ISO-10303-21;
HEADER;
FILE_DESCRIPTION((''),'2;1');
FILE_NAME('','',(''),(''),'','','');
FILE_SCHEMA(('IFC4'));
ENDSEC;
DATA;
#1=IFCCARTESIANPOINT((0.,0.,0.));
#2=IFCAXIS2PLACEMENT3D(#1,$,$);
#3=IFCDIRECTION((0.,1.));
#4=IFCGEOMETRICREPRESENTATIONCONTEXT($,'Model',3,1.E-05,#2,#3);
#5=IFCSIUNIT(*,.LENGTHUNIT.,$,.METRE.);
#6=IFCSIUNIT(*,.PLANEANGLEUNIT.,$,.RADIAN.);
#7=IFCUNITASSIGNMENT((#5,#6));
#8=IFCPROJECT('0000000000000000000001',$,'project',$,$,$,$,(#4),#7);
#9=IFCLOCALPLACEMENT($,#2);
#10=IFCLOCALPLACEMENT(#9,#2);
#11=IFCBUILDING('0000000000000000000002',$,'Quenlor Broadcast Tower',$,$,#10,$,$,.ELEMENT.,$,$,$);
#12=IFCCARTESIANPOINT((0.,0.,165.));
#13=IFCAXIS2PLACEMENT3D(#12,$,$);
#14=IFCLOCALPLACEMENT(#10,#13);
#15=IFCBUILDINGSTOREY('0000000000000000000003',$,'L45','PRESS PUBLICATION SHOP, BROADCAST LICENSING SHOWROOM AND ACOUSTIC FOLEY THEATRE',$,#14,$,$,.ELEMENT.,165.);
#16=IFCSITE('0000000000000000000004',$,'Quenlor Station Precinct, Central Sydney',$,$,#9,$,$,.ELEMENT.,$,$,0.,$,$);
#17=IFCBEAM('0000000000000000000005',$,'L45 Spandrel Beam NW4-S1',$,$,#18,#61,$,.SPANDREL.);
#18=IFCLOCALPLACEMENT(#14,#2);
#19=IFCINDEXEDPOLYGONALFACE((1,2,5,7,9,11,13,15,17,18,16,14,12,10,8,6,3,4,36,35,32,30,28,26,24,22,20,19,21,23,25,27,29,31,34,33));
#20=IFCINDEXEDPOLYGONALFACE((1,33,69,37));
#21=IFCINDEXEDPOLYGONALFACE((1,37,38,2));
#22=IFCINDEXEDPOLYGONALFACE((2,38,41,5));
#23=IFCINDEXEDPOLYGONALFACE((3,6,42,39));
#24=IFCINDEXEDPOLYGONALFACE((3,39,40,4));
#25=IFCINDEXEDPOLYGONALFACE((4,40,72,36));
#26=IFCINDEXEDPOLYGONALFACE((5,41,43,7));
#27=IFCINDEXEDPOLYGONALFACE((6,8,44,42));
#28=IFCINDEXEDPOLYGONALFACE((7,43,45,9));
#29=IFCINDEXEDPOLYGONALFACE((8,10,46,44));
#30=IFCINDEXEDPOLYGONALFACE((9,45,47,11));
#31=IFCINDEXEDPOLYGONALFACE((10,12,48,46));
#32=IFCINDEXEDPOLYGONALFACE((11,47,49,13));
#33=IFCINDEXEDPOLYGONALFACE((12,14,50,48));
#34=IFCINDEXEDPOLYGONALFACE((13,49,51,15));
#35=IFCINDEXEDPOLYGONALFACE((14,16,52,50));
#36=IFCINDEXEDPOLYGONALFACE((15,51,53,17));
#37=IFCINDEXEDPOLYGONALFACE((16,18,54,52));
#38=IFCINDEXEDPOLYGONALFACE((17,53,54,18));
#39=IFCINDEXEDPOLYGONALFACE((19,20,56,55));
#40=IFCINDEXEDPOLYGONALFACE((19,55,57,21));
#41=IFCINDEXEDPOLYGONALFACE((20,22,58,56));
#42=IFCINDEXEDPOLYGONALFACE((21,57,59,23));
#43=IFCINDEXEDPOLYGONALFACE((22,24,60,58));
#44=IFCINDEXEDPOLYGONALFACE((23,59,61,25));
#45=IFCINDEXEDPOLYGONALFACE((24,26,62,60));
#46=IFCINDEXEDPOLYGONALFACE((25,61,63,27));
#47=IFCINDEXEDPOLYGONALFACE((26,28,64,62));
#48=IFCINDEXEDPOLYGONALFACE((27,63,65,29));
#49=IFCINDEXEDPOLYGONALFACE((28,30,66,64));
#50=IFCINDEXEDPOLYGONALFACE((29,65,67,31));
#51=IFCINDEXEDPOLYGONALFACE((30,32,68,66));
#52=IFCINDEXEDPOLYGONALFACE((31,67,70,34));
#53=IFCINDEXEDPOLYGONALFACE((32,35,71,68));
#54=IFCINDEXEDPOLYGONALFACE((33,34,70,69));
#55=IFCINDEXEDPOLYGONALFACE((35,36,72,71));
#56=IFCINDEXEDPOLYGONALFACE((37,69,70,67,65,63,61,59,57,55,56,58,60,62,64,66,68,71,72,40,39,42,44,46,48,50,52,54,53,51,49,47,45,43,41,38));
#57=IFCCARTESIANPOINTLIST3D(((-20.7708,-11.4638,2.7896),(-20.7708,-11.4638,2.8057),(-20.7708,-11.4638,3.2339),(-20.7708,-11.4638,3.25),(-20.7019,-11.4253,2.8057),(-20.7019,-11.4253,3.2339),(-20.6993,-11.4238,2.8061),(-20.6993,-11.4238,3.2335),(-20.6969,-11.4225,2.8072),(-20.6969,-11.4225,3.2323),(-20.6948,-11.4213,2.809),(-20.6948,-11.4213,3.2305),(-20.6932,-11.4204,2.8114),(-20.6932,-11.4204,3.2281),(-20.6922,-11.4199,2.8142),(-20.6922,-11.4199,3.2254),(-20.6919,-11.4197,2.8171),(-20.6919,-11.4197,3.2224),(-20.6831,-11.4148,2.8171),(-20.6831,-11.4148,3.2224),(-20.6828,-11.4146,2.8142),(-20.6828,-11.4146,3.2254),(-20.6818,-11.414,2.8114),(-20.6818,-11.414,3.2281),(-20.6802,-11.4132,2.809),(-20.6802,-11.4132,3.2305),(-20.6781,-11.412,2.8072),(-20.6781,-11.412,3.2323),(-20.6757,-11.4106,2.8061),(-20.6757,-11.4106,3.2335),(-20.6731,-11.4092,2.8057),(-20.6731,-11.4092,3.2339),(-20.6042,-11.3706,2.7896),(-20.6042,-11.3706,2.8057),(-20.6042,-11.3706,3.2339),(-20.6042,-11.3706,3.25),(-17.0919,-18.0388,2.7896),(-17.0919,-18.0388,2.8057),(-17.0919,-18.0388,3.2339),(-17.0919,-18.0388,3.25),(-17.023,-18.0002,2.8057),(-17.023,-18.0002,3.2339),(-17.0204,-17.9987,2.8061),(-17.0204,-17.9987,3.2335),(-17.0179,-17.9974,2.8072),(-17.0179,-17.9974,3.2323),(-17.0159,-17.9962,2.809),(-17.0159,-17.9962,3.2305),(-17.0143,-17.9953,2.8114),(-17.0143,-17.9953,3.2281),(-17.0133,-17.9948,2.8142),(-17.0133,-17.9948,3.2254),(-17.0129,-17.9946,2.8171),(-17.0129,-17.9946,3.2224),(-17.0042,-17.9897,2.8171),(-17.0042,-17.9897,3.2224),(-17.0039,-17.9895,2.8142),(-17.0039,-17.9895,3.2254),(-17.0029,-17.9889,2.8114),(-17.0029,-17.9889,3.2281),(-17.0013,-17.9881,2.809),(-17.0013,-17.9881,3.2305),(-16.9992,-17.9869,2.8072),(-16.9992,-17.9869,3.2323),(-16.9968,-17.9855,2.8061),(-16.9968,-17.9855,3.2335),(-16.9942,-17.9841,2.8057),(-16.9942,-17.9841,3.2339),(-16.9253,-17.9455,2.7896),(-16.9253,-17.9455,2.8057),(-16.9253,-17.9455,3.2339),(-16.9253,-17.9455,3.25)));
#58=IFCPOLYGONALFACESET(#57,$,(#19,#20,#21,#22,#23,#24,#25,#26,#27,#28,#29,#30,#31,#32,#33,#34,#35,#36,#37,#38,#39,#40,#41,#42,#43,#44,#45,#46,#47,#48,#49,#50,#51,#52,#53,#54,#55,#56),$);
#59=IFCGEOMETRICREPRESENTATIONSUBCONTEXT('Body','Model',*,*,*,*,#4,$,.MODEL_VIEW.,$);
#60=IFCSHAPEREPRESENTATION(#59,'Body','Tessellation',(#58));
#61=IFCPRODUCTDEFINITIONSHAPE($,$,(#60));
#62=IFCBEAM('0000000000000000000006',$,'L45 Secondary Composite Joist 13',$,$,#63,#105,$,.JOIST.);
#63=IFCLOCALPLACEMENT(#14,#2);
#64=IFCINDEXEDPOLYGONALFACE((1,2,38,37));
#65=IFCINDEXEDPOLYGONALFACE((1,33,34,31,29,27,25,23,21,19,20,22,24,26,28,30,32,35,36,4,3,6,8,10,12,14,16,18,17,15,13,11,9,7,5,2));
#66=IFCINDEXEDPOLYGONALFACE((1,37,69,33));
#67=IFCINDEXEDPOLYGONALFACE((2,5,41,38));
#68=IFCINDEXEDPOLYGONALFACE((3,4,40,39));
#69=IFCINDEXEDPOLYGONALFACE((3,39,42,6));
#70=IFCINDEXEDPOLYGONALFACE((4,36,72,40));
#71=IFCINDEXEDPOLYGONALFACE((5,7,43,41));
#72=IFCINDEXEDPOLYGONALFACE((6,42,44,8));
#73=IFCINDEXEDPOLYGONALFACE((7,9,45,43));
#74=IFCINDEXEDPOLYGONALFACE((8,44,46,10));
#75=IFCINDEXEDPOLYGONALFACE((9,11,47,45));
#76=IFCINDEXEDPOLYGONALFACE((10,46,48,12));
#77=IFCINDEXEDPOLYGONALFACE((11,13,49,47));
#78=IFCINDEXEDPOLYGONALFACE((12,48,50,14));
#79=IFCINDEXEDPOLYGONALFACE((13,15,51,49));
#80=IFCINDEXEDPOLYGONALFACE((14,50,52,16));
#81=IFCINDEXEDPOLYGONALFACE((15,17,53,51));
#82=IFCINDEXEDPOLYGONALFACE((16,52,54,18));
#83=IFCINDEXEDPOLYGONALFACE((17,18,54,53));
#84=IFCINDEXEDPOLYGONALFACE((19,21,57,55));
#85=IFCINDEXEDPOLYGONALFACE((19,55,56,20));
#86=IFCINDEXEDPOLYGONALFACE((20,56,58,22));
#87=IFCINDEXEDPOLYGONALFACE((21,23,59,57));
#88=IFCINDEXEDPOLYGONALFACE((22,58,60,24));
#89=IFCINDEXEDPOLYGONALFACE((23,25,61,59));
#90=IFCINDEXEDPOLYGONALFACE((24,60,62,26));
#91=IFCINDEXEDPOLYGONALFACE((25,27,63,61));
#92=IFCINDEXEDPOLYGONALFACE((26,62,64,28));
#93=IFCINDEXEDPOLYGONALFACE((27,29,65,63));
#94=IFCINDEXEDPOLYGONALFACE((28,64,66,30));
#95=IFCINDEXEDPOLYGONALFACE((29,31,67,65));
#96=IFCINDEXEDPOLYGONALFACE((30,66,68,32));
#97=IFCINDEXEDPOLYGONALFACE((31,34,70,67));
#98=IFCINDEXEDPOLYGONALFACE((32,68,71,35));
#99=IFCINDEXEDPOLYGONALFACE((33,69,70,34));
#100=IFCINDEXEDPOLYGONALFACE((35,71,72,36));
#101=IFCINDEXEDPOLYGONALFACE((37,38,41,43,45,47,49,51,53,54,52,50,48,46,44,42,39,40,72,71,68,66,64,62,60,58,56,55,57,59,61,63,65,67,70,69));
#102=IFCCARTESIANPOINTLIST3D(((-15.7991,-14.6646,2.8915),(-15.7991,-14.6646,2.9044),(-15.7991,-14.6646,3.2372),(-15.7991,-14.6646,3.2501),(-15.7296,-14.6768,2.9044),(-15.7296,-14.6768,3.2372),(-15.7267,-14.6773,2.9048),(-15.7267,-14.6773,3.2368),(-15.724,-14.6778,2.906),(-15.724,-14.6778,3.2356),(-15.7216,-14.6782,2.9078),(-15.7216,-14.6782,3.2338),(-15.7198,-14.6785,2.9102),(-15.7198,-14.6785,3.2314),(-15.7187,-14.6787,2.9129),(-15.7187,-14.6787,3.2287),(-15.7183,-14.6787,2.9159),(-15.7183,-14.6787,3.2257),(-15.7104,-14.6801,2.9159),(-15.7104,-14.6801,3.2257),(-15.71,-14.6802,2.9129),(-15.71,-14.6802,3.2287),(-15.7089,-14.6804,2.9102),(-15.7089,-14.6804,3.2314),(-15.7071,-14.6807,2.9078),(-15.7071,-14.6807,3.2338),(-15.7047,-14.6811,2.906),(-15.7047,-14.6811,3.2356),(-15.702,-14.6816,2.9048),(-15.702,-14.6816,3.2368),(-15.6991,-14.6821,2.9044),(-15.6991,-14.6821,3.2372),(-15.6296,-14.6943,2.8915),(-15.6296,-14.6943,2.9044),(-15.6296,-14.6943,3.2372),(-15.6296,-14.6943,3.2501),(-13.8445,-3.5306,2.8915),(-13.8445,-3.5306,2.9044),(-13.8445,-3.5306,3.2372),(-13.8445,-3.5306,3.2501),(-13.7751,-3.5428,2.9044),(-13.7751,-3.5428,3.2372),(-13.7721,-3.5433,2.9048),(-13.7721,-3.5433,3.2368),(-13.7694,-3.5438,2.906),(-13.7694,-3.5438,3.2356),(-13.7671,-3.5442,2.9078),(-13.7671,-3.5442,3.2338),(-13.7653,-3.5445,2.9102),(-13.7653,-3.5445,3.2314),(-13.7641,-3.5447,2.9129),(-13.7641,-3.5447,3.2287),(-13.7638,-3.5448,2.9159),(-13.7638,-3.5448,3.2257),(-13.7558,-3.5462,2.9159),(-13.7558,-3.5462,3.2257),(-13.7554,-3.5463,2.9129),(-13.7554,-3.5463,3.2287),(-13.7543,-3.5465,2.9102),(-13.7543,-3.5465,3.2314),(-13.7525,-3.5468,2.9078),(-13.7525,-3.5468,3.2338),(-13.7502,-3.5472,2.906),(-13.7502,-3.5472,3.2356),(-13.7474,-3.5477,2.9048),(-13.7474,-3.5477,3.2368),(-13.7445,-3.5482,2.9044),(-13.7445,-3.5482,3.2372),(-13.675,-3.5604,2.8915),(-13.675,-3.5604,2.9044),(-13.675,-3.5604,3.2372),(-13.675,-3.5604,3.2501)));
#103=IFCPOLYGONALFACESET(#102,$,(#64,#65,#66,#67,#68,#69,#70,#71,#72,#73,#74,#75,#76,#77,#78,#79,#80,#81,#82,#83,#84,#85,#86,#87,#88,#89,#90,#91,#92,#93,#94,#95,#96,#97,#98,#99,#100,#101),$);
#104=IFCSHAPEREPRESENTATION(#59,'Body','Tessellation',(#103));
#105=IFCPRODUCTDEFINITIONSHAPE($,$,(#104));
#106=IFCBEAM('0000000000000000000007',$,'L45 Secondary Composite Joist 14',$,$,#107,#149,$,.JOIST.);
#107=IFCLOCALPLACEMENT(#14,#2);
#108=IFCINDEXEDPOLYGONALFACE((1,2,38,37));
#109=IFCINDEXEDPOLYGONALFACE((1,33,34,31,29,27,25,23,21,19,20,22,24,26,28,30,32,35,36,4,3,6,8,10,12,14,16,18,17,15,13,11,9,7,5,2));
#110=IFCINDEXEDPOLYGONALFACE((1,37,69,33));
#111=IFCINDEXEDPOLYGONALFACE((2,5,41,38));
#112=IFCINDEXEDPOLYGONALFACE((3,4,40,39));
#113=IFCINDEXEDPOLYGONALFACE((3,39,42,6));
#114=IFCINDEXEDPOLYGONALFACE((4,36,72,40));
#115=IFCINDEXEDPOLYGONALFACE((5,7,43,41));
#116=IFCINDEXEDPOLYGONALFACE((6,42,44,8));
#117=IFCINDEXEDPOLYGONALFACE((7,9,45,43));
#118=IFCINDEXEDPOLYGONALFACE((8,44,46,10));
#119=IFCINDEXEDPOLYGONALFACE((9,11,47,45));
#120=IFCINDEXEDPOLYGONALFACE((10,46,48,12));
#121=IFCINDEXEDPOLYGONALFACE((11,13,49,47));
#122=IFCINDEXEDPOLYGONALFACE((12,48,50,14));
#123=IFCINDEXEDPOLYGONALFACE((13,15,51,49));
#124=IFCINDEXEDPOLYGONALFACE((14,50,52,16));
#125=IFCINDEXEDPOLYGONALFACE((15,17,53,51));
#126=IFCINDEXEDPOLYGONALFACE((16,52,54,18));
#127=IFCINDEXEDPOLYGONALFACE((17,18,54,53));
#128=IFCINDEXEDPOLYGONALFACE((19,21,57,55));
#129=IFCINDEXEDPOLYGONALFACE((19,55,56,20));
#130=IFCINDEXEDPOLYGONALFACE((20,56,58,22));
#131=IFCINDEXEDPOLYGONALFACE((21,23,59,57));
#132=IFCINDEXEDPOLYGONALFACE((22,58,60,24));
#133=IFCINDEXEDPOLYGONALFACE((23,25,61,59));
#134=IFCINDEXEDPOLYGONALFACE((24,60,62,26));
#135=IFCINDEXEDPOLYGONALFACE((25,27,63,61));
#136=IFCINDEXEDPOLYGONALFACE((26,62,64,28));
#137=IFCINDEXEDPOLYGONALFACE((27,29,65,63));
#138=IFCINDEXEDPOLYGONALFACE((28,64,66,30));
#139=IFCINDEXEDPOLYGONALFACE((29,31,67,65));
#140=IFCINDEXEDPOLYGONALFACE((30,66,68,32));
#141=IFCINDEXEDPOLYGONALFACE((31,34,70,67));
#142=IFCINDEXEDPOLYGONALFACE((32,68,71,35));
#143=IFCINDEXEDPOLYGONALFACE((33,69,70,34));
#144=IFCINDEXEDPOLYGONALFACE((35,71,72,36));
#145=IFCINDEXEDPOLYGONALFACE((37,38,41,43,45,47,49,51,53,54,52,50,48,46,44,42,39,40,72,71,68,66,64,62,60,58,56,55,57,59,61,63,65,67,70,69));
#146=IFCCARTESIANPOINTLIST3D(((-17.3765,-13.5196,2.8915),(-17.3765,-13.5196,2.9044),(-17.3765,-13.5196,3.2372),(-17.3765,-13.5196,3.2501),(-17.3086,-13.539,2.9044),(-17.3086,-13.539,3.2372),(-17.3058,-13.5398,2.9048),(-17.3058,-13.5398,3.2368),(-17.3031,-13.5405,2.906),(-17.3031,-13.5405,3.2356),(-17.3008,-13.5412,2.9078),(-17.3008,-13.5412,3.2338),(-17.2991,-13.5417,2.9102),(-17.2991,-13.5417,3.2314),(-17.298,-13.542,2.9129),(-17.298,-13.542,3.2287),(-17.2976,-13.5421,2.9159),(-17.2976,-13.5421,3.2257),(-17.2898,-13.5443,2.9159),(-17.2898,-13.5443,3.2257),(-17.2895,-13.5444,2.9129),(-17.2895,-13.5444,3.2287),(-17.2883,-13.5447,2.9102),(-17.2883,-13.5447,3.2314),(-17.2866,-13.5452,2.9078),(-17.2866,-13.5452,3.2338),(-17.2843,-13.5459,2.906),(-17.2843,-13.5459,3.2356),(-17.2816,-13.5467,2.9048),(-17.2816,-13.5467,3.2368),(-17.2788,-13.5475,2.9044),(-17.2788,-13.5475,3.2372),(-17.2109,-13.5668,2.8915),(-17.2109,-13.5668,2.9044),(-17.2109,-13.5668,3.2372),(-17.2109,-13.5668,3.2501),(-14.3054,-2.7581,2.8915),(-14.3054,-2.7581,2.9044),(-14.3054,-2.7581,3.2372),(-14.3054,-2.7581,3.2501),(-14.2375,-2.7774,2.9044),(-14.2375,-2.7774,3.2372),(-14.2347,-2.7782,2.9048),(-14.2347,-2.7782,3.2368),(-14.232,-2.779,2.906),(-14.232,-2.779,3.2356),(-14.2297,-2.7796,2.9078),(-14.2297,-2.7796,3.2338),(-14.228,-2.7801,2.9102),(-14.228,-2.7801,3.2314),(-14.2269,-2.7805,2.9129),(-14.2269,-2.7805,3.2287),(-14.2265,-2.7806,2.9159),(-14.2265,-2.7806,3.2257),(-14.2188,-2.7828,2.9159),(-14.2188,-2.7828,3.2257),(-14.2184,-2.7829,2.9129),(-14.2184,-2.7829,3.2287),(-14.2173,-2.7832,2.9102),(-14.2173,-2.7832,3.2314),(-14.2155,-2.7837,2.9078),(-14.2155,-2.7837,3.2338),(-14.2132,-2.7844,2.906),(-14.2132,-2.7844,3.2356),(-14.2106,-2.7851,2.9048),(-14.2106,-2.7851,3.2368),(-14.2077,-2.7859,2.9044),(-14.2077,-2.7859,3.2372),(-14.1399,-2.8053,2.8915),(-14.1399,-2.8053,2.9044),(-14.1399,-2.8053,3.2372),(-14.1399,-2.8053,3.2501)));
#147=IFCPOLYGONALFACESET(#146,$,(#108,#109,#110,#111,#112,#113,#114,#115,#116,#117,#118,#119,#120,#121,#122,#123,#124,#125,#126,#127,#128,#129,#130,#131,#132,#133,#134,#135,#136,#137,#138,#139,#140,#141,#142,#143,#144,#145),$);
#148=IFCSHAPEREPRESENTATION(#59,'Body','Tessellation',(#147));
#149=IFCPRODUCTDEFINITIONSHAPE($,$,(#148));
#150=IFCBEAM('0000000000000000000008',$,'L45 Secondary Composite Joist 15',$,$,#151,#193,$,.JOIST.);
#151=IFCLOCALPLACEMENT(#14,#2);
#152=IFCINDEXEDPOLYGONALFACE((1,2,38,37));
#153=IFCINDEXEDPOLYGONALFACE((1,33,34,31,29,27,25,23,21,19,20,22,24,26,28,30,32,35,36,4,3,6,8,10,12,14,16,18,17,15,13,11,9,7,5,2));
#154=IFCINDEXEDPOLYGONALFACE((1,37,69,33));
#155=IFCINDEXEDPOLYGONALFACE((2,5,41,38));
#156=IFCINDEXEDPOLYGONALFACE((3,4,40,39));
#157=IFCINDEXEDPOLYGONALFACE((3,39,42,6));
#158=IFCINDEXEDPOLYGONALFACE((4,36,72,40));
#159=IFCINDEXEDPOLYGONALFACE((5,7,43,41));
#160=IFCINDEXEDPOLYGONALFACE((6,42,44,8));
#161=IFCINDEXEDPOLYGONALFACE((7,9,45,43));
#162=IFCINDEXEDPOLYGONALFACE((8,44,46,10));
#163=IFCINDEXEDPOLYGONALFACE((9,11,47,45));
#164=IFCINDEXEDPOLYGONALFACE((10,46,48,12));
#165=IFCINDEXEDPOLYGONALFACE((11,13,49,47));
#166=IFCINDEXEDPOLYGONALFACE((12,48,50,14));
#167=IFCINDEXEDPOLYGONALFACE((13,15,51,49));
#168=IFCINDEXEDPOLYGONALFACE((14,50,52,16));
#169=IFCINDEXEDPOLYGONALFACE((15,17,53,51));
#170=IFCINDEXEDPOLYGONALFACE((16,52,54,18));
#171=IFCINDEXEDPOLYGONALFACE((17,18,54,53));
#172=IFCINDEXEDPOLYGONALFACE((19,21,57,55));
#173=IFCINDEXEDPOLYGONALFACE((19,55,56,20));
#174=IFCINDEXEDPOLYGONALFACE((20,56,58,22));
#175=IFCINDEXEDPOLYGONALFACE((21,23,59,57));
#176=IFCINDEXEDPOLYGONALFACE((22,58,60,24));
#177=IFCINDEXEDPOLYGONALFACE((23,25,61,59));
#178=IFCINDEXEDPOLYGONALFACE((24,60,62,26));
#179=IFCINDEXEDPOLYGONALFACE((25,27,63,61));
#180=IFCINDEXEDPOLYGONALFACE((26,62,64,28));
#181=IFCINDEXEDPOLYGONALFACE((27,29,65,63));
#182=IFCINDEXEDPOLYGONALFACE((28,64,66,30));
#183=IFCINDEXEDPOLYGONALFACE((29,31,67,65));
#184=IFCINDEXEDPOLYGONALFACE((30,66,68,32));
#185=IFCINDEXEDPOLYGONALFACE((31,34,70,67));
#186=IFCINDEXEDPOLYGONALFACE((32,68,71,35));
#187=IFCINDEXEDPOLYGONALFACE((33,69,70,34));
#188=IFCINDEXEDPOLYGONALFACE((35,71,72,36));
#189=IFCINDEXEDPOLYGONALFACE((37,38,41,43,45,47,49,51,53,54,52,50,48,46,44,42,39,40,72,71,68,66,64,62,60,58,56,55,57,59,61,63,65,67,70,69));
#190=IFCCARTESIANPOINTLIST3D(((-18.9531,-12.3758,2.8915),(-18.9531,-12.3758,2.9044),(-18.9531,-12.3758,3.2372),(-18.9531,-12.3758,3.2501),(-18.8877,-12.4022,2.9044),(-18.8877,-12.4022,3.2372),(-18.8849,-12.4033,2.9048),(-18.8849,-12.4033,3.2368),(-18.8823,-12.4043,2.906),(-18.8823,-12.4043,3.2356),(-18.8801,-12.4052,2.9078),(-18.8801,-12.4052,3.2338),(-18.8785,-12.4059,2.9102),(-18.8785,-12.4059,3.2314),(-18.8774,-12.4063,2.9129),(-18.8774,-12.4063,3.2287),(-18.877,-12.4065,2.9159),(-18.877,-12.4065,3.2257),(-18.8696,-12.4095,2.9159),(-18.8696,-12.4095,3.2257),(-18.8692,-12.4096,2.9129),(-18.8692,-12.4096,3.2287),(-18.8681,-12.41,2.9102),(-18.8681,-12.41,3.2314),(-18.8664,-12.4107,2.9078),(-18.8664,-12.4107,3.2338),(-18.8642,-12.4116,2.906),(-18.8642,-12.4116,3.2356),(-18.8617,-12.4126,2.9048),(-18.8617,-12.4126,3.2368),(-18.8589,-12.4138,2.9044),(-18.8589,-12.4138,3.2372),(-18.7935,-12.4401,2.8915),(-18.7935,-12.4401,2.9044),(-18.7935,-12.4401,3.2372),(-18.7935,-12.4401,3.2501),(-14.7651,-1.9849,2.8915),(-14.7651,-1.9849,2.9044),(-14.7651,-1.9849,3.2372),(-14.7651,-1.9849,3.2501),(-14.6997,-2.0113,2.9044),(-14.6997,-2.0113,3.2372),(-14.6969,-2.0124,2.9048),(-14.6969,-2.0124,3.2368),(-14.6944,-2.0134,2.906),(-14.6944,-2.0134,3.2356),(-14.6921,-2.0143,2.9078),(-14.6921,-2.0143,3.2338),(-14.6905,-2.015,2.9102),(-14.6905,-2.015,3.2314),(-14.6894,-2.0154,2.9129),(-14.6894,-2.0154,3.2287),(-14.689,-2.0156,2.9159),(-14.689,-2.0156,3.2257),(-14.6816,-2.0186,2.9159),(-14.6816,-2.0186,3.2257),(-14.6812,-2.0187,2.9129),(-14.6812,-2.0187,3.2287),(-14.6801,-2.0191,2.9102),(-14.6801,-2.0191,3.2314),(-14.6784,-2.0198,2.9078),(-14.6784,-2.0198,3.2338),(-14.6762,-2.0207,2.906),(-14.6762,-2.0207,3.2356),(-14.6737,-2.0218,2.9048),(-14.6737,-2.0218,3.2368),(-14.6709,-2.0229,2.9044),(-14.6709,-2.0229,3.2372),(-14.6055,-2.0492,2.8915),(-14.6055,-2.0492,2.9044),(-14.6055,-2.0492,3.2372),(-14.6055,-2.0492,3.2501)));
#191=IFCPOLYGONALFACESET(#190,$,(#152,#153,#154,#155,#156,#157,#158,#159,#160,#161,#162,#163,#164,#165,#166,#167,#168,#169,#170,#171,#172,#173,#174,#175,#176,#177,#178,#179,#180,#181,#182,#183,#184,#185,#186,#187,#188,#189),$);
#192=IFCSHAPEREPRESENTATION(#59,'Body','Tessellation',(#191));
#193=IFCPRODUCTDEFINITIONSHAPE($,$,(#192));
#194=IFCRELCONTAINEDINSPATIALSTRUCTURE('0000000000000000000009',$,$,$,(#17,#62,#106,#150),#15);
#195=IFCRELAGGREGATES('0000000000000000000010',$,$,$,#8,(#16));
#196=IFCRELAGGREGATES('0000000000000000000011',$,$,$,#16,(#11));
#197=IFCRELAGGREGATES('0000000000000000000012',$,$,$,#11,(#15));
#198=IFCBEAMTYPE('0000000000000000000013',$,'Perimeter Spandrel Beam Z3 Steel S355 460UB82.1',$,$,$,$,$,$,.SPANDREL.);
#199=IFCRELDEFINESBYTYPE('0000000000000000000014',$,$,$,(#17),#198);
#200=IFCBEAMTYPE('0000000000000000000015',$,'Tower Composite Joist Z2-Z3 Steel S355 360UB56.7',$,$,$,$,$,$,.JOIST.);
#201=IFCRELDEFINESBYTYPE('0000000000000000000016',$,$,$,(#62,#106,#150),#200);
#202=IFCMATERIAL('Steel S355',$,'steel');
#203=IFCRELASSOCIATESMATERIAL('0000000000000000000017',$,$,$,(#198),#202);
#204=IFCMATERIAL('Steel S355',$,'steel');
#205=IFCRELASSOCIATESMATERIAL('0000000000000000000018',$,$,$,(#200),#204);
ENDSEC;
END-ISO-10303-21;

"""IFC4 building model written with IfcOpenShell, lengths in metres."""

from ifc_helpers import new_model, si_unit, direction, frame, origin, origin_2d, place, context, subcontext, project, spatial, i_section, extrude, material, material_profile, profile_set, type_object, element, save


model = new_model("IFC4")

# Units and contexts
model_context = context("Model", 3, precision=1e-05, world=origin(), true_north=direction((0.0, 1.0)))
body_context = subcontext(model_context, "Body", "Model", "MODEL_VIEW")
ifc_project = project(units=[si_unit("LENGTHUNIT", "METRE"), si_unit("PLANEANGLEUNIT", "RADIAN")], contexts=[model_context])

# Site, building, storey
site_placement = place(None, origin())
site = spatial("IfcSite", under=ifc_project, at=site_placement, Name="Quenlor Station Precinct, Central Sydney", CompositionType="ELEMENT", RefElevation=0.0)
building_placement = place(site_placement, origin())
building = spatial("IfcBuilding", under=site, at=building_placement, Name="Quenlor Broadcast Tower", CompositionType="ELEMENT")
storey_placement = place(building_placement, frame((0.0, 0.0, 165.0)))
storey = spatial("IfcBuildingStorey", under=building, at=storey_placement, Name="L45", Description="PRESS PUBLICATION SHOP, BROADCAST LICENSING SHOWROOM AND ACOUSTIC FOLEY THEATRE", CompositionType="ELEMENT", Elevation=165.0)

# Beams
ifc_material_1 = material(Name="Steel S355", Category="steel")
ifc_material_profile_1 = material_profile(ifc_material_1, i_section(OverallWidth=0.1909, OverallDepth=0.4604, WebThickness=0.01, FlangeThickness=0.0161, FilletRadius=0.0115, at=origin_2d()))
ifc_profile_set_1 = profile_set([ifc_material_profile_1], Name="Steel S355 460UB82.1")
beam_type_1 = type_object("IfcBeamType", Name="Perimeter Spandrel Beam Z3 Steel S355 460UB82.1", PredefinedType="SPANDREL", material=ifc_profile_set_1)
beam_1_placement = place(storey_placement, frame((-20.6875, -11.4172, 3.0198), z_axis=(0.488298, -0.872677, 0.0), x_axis=(0.872677, 0.488298, 0.0)))
element("IfcBeam", 1, at=beam_1_placement, inside=storey, type_object=beam_type_1, Name="L45 Spandrel Beam NW4-S1", PredefinedType="SPANDREL", context=body_context, shape_type="SweptSolid", body=[
    extrude(i_section(OverallWidth=0.1909, OverallDepth=0.4604, WebThickness=0.01, FlangeThickness=0.0161, FilletRadius=0.0115, at=origin_2d()), origin(), (0.0, 0.0, 1.0), 7.5342),
])
ifc_material_2 = material(Name="Steel S355", Category="steel")
ifc_material_profile_2 = material_profile(ifc_material_2, i_section(OverallWidth=0.1721, OverallDepth=0.3586, WebThickness=0.0081, FlangeThickness=0.0129, FilletRadius=0.0115, at=origin_2d()))
ifc_profile_set_2 = profile_set([ifc_material_profile_2], Name="Steel S355 360UB56.7")
beam_type_2 = type_object("IfcBeamType", Name="Tower Composite Joist Z2-Z3 Steel S355 360UB56.7", PredefinedType="JOIST", material=ifc_profile_set_2)
beam_2_placement = place(storey_placement, frame((-15.7144, -14.6794, 3.0708), z_axis=(0.172907, 0.984938, 0.0), x_axis=(-0.984938, 0.172907, 0.0)))
element("IfcBeam", 2, at=beam_2_placement, inside=storey, type_object=beam_type_2, Name="L45 Secondary Composite Joist 13", PredefinedType="JOIST", context=body_context, shape_type="SweptSolid", body=[
    extrude(i_section(OverallWidth=0.1721, OverallDepth=0.3586, WebThickness=0.0081, FlangeThickness=0.0129, FilletRadius=0.0115, at=origin_2d()), origin(), (0.0, 0.0, 1.0), 11.3042),
])
beam_3_placement = place(storey_placement, frame((-17.2937, -13.5432, 3.0708), z_axis=(0.274419, 0.96161, 0.0), x_axis=(-0.96161, 0.274419, 0.0)))
element("IfcBeam", 3, at=beam_3_placement, inside=storey, type_object=beam_type_2, Name="L45 Secondary Composite Joist 14", PredefinedType="JOIST", context=body_context, shape_type="SweptSolid", body=[
    extrude(i_section(OverallWidth=0.1721, OverallDepth=0.3586, WebThickness=0.0081, FlangeThickness=0.0129, FilletRadius=0.0115, at=origin_2d()), origin(), (0.0, 0.0, 1.0), 11.1912),
])
beam_4_placement = place(storey_placement, frame((-18.8733, -12.408, 3.0708), z_axis=(0.373824, 0.9275, 0.0), x_axis=(-0.9275, 0.373824, 0.0)))
element("IfcBeam", 4, at=beam_4_placement, inside=storey, type_object=beam_type_2, Name="L45 Secondary Composite Joist 15", PredefinedType="JOIST", context=body_context, shape_type="SweptSolid", body=[
    extrude(i_section(OverallWidth=0.1721, OverallDepth=0.3586, WebThickness=0.0081, FlangeThickness=0.0129, FilletRadius=0.0115, at=origin_2d()), origin(), (0.0, 0.0, 1.0), 11.2031),
])

save(model, "model.ifc")
